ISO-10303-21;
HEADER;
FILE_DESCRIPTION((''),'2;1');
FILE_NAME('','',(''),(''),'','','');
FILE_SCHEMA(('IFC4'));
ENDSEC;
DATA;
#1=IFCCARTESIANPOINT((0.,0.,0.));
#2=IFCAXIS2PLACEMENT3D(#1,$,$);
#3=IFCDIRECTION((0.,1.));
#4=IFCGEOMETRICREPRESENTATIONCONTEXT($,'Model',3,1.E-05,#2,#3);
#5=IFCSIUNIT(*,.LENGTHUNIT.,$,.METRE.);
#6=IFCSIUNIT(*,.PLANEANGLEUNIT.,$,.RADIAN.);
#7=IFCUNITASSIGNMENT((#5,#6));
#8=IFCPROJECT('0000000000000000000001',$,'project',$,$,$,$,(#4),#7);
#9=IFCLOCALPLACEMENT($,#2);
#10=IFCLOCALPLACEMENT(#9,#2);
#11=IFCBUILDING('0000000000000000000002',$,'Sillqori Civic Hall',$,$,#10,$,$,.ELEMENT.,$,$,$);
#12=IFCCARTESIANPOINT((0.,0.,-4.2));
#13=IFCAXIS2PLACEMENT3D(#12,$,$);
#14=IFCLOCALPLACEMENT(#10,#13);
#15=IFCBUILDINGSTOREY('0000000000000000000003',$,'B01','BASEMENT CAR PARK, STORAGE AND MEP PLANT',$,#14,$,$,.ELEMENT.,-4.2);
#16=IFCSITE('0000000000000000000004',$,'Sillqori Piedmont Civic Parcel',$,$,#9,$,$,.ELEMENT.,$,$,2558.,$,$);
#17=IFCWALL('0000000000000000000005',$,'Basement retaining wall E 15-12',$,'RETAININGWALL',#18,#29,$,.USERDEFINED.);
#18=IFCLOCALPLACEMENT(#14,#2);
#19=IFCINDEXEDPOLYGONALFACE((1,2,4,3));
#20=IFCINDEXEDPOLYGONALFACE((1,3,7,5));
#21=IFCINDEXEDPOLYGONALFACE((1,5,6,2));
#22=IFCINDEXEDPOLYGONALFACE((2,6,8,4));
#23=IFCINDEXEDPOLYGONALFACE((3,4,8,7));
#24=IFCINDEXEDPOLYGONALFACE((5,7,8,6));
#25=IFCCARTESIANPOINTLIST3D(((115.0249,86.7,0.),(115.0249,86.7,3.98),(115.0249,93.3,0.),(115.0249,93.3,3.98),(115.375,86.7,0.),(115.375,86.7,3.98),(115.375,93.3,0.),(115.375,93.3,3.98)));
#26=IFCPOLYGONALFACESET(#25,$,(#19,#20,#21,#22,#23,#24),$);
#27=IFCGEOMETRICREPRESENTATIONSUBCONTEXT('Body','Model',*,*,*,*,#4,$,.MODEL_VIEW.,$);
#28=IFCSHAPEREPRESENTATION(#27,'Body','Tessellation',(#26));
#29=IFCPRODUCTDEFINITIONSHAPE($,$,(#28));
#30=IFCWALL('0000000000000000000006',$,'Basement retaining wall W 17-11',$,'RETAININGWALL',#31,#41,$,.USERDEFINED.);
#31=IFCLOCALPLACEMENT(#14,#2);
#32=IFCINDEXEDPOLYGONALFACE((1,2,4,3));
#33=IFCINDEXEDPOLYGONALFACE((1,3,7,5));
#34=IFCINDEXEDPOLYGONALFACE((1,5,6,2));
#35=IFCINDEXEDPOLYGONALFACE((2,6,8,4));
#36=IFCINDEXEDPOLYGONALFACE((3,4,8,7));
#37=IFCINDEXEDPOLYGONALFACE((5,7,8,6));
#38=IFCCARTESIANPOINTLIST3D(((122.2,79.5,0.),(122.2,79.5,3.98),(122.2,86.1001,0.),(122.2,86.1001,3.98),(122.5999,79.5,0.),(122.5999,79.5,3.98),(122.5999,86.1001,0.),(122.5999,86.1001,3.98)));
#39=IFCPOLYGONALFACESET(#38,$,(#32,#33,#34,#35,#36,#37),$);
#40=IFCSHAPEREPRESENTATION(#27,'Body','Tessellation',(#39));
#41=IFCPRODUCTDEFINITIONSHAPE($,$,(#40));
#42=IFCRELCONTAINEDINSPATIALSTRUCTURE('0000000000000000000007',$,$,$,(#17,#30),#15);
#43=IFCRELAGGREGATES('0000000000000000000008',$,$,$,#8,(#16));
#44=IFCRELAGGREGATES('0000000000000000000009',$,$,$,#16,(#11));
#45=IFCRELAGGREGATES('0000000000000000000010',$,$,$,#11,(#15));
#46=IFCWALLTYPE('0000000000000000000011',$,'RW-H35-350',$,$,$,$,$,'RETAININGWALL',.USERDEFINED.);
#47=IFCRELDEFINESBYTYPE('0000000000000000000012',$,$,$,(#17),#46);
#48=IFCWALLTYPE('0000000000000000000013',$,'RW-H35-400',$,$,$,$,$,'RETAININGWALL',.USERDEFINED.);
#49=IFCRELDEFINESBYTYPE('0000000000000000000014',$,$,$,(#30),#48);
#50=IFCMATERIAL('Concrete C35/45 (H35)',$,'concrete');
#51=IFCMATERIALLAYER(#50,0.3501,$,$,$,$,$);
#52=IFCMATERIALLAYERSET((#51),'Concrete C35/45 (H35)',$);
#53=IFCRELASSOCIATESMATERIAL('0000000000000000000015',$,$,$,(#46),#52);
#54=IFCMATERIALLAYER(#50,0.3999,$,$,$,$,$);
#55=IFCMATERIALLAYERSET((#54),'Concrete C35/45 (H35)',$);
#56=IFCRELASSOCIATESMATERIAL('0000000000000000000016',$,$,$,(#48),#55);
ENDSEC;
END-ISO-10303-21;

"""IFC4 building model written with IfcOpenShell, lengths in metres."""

from ifc_helpers import new_model, si_unit, direction, frame, frame_2d, origin, place, context, subcontext, project, spatial, rectangle, extrude, material, layer, layer_set, type_object, element, save


model = new_model("IFC4")

# Units and contexts
model_context = context("Model", 3, precision=1e-05, world=origin(), true_north=direction((0.0, 1.0)))
body_context = subcontext(model_context, "Body", "Model", "MODEL_VIEW")
ifc_project = project(units=[si_unit("LENGTHUNIT", "METRE"), si_unit("PLANEANGLEUNIT", "RADIAN")], contexts=[model_context])

# Site, building, storey
site_placement = place(None, origin())
site = spatial("IfcSite", under=ifc_project, at=site_placement, Name="Sillqori Piedmont Civic Parcel", CompositionType="ELEMENT", RefElevation=2558.0)
building_placement = place(site_placement, origin())
building = spatial("IfcBuilding", under=site, at=building_placement, Name="Sillqori Civic Hall", CompositionType="ELEMENT")
storey_placement = place(building_placement, frame((0.0, 0.0, -4.2)))
storey = spatial("IfcBuildingStorey", under=building, at=storey_placement, Name="B01", Description="BASEMENT CAR PARK, STORAGE AND MEP PLANT", CompositionType="ELEMENT", Elevation=-4.2)

# Shared definitions
ifc_material_1 = material(Name="Concrete C35/45 (H35)", Category="concrete")

# Walls
ifc_layer_1 = layer(ifc_material_1, 0.3501)
ifc_layer_set_1 = layer_set([ifc_layer_1], Name="Concrete C35/45 (H35)")
wall_type_1 = type_object("IfcWallType", Name="RW-H35-350", ElementType="RETAININGWALL", PredefinedType="USERDEFINED", material=ifc_layer_set_1)
for number, where, z_axis, x_axis, name in (
    (1, (115.2, 86.7, 0.0), (0.0, 0.0, 1.0), (0.0, 1.0, 0.0), "Basement retaining wall E 15-12"),
):
    element("IfcWall", number, at=place(storey_placement, frame(where, z_axis=z_axis, x_axis=x_axis)), inside=storey, type_object=wall_type_1, Name=name, ObjectType="RETAININGWALL", PredefinedType="USERDEFINED", context=body_context, shape_type="SweptSolid", body=[
        extrude(rectangle(XDim=6.6001, YDim=0.3501, at=frame_2d((3.3, 0.0))), origin(), (0.0, 0.0, 1.0), 3.98),
    ])
ifc_layer_2 = layer(ifc_material_1, 0.3999)
ifc_layer_set_2 = layer_set([ifc_layer_2], Name="Concrete C35/45 (H35)")
wall_type_2 = type_object("IfcWallType", Name="RW-H35-400", ElementType="RETAININGWALL", PredefinedType="USERDEFINED", material=ifc_layer_set_2)
wall_1_placement = place(storey_placement, frame((122.3999, 79.5, 0.0), z_axis=(0.0, 0.0, 1.0), x_axis=(0.0, 1.0, 0.0)))
element("IfcWall", 2, at=wall_1_placement, inside=storey, type_object=wall_type_2, Name="Basement retaining wall W 17-11", ObjectType="RETAININGWALL", PredefinedType="USERDEFINED", context=body_context, shape_type="SweptSolid", body=[
    extrude(rectangle(XDim=6.6001, YDim=0.3999, at=frame_2d((3.3, 0.0))), origin(), (0.0, 0.0, 1.0), 3.98),
])

save(model, "model.ifc")
